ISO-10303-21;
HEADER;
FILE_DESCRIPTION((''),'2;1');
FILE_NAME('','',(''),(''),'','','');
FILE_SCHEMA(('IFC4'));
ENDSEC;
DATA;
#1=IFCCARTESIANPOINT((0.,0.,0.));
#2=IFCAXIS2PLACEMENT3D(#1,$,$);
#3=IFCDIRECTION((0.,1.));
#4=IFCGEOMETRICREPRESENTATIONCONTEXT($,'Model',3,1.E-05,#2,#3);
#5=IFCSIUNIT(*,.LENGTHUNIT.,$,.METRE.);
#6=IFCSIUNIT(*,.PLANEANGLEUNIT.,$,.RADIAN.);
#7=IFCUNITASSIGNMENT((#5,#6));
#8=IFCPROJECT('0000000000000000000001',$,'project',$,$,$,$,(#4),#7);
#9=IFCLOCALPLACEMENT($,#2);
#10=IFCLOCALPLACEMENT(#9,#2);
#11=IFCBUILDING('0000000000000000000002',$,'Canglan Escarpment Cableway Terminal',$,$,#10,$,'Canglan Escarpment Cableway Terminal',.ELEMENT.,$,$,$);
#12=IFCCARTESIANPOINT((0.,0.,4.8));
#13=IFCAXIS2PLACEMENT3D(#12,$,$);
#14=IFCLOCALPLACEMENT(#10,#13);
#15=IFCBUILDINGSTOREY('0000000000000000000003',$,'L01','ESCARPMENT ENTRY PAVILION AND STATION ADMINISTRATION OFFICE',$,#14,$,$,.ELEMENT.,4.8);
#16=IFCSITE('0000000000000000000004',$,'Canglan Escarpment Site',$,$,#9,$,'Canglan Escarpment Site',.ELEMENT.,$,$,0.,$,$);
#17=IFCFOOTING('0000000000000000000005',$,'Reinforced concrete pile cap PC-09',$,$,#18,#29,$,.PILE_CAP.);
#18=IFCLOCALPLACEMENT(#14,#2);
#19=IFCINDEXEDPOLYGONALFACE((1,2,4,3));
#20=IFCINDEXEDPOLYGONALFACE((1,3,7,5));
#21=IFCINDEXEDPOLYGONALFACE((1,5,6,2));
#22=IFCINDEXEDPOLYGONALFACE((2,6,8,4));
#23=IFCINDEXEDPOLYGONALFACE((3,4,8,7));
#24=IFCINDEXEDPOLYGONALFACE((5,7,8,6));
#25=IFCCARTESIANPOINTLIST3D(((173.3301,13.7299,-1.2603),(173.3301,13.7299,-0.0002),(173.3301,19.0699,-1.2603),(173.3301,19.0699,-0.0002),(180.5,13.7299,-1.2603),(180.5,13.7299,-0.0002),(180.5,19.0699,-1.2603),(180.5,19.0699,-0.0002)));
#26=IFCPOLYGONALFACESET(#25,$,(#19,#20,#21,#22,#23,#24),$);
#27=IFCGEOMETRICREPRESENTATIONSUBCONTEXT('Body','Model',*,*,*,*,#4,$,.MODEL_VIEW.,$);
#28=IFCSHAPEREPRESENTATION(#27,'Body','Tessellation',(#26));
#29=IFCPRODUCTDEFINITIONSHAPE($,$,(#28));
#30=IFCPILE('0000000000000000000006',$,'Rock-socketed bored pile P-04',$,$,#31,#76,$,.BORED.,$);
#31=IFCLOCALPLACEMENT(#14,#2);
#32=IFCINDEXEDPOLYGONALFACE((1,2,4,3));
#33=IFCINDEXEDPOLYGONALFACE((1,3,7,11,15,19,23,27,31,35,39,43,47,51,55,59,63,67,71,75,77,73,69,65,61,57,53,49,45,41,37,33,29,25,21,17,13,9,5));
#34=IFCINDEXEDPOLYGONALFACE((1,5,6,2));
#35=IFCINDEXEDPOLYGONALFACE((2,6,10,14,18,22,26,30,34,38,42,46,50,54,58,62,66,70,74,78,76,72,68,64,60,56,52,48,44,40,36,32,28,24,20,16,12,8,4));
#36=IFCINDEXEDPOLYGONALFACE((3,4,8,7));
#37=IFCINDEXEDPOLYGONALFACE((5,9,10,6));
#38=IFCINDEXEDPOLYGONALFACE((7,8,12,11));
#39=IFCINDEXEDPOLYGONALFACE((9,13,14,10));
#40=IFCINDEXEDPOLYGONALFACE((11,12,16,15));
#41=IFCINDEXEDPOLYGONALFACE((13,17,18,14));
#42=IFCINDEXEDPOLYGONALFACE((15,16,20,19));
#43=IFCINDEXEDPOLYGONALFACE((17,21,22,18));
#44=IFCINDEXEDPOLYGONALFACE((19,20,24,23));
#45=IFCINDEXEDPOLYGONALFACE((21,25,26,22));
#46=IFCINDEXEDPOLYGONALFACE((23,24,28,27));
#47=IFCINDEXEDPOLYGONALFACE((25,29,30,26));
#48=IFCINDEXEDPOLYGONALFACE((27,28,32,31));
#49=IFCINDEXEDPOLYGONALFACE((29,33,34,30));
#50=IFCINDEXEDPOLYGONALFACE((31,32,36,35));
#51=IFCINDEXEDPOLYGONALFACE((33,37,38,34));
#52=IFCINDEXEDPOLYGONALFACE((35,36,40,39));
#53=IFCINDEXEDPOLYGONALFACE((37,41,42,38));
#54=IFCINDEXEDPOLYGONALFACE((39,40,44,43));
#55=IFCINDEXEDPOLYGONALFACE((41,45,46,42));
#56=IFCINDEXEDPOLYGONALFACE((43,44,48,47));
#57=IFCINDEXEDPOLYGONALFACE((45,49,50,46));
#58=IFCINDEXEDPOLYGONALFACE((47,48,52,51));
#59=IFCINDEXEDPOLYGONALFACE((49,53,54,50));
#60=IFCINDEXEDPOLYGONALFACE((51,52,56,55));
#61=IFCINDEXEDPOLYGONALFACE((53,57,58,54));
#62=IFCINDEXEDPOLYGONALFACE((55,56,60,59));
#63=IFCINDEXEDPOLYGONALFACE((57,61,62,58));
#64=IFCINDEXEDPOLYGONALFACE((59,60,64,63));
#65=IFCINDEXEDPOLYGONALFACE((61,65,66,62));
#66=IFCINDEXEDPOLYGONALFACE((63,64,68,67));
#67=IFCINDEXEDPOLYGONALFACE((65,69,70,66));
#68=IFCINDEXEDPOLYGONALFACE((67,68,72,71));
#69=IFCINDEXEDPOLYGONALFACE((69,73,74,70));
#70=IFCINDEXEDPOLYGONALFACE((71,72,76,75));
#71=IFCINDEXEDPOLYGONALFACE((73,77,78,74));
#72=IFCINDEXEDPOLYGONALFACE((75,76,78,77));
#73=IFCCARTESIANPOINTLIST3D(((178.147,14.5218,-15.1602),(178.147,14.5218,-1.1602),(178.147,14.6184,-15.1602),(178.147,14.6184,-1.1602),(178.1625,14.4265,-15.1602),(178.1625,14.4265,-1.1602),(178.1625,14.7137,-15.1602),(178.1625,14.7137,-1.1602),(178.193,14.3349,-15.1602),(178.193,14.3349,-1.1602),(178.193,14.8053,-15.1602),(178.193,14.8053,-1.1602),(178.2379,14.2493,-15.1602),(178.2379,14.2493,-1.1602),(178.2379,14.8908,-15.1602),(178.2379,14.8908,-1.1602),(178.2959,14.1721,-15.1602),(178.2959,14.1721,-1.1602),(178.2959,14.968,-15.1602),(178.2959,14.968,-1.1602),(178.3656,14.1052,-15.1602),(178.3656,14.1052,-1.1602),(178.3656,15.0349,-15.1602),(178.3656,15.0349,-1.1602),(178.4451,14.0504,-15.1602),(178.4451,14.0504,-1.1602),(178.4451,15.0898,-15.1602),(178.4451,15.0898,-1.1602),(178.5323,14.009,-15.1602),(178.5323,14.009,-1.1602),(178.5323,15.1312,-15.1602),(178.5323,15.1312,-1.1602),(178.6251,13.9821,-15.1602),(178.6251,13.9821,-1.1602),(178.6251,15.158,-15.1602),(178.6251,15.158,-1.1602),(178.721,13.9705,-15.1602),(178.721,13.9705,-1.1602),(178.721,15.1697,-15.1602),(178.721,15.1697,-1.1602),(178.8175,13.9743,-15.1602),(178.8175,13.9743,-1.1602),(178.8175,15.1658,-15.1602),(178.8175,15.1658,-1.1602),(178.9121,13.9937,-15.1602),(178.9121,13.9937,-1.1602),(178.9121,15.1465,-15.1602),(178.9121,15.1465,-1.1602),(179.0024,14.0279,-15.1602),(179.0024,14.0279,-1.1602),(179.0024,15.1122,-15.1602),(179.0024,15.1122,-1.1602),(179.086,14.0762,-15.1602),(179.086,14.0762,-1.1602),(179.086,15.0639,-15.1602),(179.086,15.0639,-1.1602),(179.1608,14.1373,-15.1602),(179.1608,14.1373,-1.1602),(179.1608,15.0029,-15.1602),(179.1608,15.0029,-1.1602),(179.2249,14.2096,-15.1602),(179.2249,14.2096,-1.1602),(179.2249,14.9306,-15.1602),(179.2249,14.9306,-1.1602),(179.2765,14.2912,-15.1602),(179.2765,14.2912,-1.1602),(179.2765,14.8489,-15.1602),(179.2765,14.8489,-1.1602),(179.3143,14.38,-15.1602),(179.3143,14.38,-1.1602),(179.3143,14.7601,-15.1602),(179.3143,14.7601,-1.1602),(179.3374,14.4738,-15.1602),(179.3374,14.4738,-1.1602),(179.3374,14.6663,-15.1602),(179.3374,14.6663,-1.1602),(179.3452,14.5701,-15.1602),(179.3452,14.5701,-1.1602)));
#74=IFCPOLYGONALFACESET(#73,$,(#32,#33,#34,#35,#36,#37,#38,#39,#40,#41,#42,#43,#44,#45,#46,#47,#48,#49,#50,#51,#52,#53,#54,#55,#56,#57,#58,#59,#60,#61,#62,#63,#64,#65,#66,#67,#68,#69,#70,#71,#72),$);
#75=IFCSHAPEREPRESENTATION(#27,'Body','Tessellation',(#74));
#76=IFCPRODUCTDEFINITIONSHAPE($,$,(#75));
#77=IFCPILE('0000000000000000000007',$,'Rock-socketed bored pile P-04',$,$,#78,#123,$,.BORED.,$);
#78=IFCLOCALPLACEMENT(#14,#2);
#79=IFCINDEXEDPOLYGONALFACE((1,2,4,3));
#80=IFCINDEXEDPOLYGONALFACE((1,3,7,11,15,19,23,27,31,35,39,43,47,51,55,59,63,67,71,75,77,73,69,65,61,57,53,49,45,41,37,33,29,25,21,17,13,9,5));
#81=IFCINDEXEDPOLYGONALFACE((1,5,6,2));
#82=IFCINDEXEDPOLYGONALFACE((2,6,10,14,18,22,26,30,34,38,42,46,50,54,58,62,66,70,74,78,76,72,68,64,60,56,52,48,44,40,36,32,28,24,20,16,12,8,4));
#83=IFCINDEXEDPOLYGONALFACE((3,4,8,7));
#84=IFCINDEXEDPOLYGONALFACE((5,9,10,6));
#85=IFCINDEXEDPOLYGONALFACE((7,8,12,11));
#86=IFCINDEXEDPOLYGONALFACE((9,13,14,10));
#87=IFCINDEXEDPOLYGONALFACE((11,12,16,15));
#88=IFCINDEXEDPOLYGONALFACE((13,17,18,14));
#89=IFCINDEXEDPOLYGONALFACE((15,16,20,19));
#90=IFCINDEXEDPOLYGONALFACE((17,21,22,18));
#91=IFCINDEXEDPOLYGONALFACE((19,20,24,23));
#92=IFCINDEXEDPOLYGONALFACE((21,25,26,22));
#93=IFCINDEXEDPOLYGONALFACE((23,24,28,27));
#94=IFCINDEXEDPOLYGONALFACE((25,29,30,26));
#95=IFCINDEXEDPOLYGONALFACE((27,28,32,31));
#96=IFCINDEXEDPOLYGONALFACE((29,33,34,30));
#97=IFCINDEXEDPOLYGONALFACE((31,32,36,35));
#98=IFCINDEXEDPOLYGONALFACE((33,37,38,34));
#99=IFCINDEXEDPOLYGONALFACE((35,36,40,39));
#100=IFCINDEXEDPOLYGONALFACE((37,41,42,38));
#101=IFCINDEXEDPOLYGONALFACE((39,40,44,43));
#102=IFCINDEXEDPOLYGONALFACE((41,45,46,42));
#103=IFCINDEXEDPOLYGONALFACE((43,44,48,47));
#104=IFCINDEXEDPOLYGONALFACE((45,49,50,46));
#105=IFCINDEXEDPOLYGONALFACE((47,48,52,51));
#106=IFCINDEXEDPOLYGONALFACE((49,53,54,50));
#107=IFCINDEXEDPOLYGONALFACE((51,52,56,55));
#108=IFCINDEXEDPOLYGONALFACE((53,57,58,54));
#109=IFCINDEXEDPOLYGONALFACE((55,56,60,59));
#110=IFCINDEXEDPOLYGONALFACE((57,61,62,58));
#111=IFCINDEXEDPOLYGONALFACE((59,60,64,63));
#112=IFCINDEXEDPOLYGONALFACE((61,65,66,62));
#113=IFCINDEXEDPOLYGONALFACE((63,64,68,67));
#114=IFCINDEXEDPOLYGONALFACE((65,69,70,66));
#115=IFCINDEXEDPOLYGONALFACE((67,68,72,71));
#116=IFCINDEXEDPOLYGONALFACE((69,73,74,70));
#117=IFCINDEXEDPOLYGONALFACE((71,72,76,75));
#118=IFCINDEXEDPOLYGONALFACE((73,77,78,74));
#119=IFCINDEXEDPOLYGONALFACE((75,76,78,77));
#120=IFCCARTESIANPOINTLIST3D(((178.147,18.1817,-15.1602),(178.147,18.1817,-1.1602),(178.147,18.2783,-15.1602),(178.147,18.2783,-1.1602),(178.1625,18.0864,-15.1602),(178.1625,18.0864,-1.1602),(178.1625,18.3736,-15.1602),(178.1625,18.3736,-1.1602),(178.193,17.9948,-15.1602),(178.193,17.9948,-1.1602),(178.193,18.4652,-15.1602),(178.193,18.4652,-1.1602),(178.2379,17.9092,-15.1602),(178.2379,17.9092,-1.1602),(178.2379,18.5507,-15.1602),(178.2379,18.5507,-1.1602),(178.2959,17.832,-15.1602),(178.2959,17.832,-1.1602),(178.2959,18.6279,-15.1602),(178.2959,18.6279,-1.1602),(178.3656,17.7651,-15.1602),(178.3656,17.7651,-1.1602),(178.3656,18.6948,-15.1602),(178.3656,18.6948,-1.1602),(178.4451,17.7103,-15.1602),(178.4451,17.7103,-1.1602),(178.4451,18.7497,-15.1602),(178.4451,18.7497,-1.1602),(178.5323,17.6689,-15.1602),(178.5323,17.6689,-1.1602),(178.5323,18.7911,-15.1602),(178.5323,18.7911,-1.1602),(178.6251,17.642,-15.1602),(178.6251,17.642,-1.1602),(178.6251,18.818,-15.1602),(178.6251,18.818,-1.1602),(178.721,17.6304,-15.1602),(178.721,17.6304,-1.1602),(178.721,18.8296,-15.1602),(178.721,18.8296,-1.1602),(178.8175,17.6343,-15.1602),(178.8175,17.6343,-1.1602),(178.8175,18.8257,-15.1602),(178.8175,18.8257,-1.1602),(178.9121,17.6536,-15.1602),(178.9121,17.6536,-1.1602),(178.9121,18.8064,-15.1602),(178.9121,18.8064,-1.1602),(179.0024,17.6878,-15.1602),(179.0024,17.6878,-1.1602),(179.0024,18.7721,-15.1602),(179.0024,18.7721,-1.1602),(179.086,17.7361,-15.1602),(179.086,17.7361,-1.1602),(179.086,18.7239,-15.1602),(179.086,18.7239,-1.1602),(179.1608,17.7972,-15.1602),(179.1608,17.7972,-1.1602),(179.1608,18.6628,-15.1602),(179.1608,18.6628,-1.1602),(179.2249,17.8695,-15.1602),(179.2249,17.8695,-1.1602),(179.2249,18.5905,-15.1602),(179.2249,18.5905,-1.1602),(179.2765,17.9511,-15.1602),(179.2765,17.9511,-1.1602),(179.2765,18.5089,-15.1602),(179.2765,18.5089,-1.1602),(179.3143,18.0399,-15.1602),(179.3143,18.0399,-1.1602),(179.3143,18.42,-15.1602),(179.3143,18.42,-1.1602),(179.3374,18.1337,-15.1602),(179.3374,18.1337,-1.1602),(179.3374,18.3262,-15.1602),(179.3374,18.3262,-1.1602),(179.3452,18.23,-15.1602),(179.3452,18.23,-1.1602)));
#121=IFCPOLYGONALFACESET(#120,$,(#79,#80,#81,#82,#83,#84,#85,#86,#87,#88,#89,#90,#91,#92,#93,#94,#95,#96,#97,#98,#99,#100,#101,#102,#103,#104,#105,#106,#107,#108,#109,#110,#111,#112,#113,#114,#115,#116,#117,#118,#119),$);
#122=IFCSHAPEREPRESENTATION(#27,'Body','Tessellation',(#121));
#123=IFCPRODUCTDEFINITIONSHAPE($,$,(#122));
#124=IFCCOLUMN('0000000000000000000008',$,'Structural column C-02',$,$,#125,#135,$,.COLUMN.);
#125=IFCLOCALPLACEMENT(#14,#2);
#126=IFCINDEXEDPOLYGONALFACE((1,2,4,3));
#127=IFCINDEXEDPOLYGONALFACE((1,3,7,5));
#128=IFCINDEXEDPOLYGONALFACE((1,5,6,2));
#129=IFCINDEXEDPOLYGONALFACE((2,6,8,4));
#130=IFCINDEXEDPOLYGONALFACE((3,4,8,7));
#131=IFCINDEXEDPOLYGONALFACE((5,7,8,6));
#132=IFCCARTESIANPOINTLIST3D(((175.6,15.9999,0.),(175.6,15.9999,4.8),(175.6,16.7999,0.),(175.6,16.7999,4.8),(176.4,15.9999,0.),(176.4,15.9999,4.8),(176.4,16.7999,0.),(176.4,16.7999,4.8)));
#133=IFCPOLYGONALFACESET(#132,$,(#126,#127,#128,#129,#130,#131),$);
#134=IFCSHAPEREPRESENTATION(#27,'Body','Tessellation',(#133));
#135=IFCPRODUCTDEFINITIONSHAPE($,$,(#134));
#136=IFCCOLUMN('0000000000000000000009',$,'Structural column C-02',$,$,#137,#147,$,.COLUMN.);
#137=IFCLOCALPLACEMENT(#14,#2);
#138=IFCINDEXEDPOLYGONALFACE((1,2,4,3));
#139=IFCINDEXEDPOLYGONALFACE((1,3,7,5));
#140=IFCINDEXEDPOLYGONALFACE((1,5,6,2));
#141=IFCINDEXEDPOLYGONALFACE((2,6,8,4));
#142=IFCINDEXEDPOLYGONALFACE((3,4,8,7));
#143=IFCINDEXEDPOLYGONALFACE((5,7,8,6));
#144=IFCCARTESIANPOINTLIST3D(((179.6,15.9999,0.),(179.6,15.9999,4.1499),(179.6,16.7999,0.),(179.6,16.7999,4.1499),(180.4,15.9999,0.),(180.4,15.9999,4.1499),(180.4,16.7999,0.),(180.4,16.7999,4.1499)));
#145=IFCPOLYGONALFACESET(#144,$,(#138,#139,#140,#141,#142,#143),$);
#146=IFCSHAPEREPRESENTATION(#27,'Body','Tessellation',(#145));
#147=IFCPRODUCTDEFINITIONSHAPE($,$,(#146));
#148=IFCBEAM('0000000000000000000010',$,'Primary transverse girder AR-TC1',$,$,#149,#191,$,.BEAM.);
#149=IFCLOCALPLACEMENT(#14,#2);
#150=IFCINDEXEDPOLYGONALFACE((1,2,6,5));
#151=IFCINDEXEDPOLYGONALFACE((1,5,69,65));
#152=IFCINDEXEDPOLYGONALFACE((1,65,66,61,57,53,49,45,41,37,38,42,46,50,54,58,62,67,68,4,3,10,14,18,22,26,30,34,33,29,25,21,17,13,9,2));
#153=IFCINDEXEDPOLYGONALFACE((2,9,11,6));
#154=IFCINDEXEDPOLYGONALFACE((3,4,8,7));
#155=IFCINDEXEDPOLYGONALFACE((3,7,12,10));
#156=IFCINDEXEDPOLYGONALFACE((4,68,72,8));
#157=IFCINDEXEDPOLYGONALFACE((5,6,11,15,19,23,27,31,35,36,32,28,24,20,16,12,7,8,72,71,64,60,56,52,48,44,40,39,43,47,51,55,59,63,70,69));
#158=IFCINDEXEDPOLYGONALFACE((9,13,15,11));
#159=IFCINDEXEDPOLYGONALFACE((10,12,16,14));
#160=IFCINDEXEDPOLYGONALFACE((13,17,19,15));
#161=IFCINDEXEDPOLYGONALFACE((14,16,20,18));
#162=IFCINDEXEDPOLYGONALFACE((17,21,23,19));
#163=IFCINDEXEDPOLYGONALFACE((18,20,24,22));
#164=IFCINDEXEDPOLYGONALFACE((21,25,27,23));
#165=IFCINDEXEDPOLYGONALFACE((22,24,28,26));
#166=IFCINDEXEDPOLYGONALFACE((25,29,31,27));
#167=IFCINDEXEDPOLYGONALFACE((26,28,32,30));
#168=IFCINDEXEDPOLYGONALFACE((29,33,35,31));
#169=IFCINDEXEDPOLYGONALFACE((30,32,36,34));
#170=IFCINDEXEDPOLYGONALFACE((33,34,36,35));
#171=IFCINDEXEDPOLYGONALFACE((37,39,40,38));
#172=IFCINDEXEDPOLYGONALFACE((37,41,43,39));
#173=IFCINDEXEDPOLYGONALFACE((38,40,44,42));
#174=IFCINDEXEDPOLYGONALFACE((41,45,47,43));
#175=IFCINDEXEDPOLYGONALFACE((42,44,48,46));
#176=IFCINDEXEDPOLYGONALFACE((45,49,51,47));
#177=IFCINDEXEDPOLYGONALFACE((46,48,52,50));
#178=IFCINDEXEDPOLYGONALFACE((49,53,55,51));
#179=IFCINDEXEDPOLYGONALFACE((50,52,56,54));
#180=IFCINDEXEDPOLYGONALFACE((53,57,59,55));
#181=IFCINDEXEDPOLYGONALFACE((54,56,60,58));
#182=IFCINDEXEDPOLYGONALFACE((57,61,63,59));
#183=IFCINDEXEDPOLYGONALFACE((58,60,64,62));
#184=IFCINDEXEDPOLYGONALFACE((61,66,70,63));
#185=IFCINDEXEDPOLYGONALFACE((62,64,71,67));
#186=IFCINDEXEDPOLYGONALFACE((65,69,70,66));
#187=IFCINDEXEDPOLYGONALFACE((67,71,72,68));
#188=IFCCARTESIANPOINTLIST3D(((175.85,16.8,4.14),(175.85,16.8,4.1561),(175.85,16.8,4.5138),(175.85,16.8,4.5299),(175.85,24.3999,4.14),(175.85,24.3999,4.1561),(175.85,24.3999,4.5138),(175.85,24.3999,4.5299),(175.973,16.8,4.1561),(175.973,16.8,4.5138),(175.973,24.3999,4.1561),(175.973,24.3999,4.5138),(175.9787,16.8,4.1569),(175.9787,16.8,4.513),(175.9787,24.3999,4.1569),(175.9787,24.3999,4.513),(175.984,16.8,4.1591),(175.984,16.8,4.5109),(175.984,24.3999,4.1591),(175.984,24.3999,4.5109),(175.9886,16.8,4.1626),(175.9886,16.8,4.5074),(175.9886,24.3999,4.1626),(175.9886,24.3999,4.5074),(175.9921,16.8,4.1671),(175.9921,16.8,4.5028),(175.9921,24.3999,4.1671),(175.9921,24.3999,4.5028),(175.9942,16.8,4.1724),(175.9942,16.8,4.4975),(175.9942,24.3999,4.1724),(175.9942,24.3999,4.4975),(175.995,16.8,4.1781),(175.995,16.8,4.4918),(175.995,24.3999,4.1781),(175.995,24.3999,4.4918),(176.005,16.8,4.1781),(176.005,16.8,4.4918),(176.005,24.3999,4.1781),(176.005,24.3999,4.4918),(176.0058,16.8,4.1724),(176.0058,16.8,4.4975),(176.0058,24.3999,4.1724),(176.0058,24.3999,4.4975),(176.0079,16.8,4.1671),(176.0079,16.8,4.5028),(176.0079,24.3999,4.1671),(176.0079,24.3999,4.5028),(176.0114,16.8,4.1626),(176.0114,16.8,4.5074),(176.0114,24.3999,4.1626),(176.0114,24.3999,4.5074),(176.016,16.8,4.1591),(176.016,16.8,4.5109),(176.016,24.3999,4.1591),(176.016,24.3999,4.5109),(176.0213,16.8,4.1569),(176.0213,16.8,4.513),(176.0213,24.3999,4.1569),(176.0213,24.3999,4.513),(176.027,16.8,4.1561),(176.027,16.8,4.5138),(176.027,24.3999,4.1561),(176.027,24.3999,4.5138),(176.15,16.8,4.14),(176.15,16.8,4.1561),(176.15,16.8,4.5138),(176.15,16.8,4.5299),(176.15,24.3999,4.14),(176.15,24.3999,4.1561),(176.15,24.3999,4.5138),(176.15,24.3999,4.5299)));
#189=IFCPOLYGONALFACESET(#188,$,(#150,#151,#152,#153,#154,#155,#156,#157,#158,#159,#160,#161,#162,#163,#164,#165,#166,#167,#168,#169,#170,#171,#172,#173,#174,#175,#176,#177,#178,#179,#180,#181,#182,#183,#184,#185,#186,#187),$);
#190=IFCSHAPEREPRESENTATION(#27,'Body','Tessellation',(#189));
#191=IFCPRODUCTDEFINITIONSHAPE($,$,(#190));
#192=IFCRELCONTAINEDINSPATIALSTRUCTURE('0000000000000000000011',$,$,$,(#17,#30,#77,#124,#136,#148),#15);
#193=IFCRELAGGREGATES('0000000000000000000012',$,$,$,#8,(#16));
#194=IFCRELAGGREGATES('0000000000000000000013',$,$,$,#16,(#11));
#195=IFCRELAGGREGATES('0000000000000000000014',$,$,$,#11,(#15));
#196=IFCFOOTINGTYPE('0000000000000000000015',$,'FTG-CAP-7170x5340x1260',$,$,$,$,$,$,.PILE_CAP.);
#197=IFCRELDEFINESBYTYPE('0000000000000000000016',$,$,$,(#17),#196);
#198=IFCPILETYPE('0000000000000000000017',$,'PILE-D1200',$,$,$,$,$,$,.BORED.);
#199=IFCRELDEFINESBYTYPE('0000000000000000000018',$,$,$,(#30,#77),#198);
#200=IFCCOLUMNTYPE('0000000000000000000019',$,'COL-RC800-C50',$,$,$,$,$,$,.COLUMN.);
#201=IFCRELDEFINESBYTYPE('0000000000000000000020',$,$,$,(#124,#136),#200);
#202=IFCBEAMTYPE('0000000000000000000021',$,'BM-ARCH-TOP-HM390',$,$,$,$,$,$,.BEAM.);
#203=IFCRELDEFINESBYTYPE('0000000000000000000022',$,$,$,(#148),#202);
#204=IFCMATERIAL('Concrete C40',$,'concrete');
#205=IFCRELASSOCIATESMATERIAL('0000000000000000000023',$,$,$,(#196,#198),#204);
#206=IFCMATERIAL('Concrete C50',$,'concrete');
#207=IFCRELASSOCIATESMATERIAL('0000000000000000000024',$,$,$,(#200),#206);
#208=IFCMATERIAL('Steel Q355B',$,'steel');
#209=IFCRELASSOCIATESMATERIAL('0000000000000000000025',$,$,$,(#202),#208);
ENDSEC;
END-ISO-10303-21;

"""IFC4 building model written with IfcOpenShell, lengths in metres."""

from ifc_helpers import new_model, si_unit, direction, frame, origin, origin_2d, place, context, subcontext, project, spatial, rectangle, circle, i_section, extrude, material, material_profile, profile_set, type_object, element, save


model = new_model("IFC4")

# Units and contexts
model_context = context("Model", 3, precision=1e-05, world=origin(), true_north=direction((0.0, 1.0)))
body_context = subcontext(model_context, "Body", "Model", "MODEL_VIEW")
ifc_project = project(units=[si_unit("LENGTHUNIT", "METRE"), si_unit("PLANEANGLEUNIT", "RADIAN")], contexts=[model_context])

# Site, building, storey
site_placement = place(None, origin())
site = spatial("IfcSite", under=ifc_project, at=site_placement, Name="Canglan Escarpment Site", LongName="Canglan Escarpment Site", CompositionType="ELEMENT", RefElevation=0.0)
building_placement = place(site_placement, origin())
building = spatial("IfcBuilding", under=site, at=building_placement, Name="Canglan Escarpment Cableway Terminal", LongName="Canglan Escarpment Cableway Terminal", CompositionType="ELEMENT")
storey_placement = place(building_placement, frame((0.0, 0.0, 4.8)))
storey = spatial("IfcBuildingStorey", under=building, at=storey_placement, Name="L01", Description="ESCARPMENT ENTRY PAVILION AND STATION ADMINISTRATION OFFICE", CompositionType="ELEMENT", Elevation=4.8)

# Footing
ifc_material_1 = material(Name="Concrete C40", Category="concrete")
footing_type = type_object("IfcFootingType", Name="FTG-CAP-7170x5340x1260", PredefinedType="PILE_CAP", material=ifc_material_1)
footing_placement = place(storey_placement, frame((176.915, 16.3999, -1.2603), z_axis=(0.0, 0.0, 1.0), x_axis=(1.0, 0.0, 0.0)))
element("IfcFooting", 1, at=footing_placement, inside=storey, type_object=footing_type, Name="Reinforced concrete pile cap PC-09", PredefinedType="PILE_CAP", context=body_context, shape_type="SweptSolid", body=[
    extrude(rectangle(XDim=7.1699, YDim=5.3401, at=origin_2d()), origin(), (0.0, 0.0, 1.0), 1.26),
])

# Piles
ifc_material_profile_1 = material_profile(ifc_material_1, circle(Radius=0.6001, at=origin_2d()), Name="BORED PILE D1200")
ifc_profile_set_1 = profile_set([ifc_material_profile_1], Name="Concrete C40")
pile_type = type_object("IfcPileType", Name="PILE-D1200", PredefinedType="BORED", material=ifc_profile_set_1)
for number, where, z_axis, x_axis, name in (
    (2, (178.7451, 14.5701, -1.1602), (0.0, 0.0, -1.0), (1.0, 0.0, 0.0), "Rock-socketed bored pile P-04"),
    (3, (178.7451, 18.23, -1.1602), (0.0, 0.0, -1.0), (1.0, 0.0, 0.0), "Rock-socketed bored pile P-04"),
):
    element("IfcPile", number, at=place(storey_placement, frame(where, z_axis=z_axis, x_axis=x_axis)), inside=storey, type_object=pile_type, Name=name, PredefinedType="BORED", context=body_context, shape_type="SweptSolid", body=[
        extrude(circle(Radius=0.6001, at=origin_2d()), origin(), (0.0, 0.0, 1.0), 14.0),
    ])

# Columns
ifc_material_2 = material(Name="Concrete C50", Category="concrete")
ifc_material_profile_2 = material_profile(ifc_material_2, rectangle(XDim=0.8, YDim=0.8, at=origin_2d()), Name="RC 800x800")
ifc_profile_set_2 = profile_set([ifc_material_profile_2], Name="Concrete C50")
column_type = type_object("IfcColumnType", Name="COL-RC800-C50", PredefinedType="COLUMN", material=ifc_profile_set_2)
column_1_placement = place(storey_placement, frame((176.0, 16.3999, 0.0), z_axis=(0.0, 0.0, 1.0), x_axis=(1.0, 0.0, 0.0)))
element("IfcColumn", 4, at=column_1_placement, inside=storey, type_object=column_type, Name="Structural column C-02", PredefinedType="COLUMN", context=body_context, shape_type="SweptSolid", body=[
    extrude(rectangle(XDim=0.8, YDim=0.8, at=origin_2d()), origin(), (0.0, 0.0, 1.0), 4.8),
])
column_2_placement = place(storey_placement, frame((180.0, 16.3999, 0.0), z_axis=(0.0, 0.0, 1.0), x_axis=(1.0, 0.0, 0.0)))
element("IfcColumn", 5, at=column_2_placement, inside=storey, type_object=column_type, Name="Structural column C-02", PredefinedType="COLUMN", context=body_context, shape_type="SweptSolid", body=[
    extrude(rectangle(XDim=0.8, YDim=0.8, at=origin_2d()), origin(), (0.0, 0.0, 1.0), 4.1499),
])

# Beam
ifc_material_3 = material(Name="Steel Q355B", Category="steel")
ifc_material_profile_3 = material_profile(ifc_material_3, i_section(OverallWidth=0.3, OverallDepth=0.3899, WebThickness=0.01, FlangeThickness=0.0161, FilletRadius=0.022, at=origin_2d()), Name="HM 390x300x10x16")
ifc_profile_set_3 = profile_set([ifc_material_profile_3], Name="Steel Q355B")
beam_type = type_object("IfcBeamType", Name="BM-ARCH-TOP-HM390", PredefinedType="BEAM", material=ifc_profile_set_3)
beam_placement = place(storey_placement, frame((176.0, 16.8, 4.335), z_axis=(0.0, 1.0, 0.0), x_axis=(-1.0, 0.0, 0.0)))
element("IfcBeam", 6, at=beam_placement, inside=storey, type_object=beam_type, Name="Primary transverse girder AR-TC1", PredefinedType="BEAM", context=body_context, shape_type="SweptSolid", body=[
    extrude(i_section(OverallWidth=0.3, OverallDepth=0.3899, WebThickness=0.01, FlangeThickness=0.0161, FilletRadius=0.022, at=origin_2d()), origin(), (0.0, 0.0, 1.0), 7.5999),
])

save(model, "model.ifc")
